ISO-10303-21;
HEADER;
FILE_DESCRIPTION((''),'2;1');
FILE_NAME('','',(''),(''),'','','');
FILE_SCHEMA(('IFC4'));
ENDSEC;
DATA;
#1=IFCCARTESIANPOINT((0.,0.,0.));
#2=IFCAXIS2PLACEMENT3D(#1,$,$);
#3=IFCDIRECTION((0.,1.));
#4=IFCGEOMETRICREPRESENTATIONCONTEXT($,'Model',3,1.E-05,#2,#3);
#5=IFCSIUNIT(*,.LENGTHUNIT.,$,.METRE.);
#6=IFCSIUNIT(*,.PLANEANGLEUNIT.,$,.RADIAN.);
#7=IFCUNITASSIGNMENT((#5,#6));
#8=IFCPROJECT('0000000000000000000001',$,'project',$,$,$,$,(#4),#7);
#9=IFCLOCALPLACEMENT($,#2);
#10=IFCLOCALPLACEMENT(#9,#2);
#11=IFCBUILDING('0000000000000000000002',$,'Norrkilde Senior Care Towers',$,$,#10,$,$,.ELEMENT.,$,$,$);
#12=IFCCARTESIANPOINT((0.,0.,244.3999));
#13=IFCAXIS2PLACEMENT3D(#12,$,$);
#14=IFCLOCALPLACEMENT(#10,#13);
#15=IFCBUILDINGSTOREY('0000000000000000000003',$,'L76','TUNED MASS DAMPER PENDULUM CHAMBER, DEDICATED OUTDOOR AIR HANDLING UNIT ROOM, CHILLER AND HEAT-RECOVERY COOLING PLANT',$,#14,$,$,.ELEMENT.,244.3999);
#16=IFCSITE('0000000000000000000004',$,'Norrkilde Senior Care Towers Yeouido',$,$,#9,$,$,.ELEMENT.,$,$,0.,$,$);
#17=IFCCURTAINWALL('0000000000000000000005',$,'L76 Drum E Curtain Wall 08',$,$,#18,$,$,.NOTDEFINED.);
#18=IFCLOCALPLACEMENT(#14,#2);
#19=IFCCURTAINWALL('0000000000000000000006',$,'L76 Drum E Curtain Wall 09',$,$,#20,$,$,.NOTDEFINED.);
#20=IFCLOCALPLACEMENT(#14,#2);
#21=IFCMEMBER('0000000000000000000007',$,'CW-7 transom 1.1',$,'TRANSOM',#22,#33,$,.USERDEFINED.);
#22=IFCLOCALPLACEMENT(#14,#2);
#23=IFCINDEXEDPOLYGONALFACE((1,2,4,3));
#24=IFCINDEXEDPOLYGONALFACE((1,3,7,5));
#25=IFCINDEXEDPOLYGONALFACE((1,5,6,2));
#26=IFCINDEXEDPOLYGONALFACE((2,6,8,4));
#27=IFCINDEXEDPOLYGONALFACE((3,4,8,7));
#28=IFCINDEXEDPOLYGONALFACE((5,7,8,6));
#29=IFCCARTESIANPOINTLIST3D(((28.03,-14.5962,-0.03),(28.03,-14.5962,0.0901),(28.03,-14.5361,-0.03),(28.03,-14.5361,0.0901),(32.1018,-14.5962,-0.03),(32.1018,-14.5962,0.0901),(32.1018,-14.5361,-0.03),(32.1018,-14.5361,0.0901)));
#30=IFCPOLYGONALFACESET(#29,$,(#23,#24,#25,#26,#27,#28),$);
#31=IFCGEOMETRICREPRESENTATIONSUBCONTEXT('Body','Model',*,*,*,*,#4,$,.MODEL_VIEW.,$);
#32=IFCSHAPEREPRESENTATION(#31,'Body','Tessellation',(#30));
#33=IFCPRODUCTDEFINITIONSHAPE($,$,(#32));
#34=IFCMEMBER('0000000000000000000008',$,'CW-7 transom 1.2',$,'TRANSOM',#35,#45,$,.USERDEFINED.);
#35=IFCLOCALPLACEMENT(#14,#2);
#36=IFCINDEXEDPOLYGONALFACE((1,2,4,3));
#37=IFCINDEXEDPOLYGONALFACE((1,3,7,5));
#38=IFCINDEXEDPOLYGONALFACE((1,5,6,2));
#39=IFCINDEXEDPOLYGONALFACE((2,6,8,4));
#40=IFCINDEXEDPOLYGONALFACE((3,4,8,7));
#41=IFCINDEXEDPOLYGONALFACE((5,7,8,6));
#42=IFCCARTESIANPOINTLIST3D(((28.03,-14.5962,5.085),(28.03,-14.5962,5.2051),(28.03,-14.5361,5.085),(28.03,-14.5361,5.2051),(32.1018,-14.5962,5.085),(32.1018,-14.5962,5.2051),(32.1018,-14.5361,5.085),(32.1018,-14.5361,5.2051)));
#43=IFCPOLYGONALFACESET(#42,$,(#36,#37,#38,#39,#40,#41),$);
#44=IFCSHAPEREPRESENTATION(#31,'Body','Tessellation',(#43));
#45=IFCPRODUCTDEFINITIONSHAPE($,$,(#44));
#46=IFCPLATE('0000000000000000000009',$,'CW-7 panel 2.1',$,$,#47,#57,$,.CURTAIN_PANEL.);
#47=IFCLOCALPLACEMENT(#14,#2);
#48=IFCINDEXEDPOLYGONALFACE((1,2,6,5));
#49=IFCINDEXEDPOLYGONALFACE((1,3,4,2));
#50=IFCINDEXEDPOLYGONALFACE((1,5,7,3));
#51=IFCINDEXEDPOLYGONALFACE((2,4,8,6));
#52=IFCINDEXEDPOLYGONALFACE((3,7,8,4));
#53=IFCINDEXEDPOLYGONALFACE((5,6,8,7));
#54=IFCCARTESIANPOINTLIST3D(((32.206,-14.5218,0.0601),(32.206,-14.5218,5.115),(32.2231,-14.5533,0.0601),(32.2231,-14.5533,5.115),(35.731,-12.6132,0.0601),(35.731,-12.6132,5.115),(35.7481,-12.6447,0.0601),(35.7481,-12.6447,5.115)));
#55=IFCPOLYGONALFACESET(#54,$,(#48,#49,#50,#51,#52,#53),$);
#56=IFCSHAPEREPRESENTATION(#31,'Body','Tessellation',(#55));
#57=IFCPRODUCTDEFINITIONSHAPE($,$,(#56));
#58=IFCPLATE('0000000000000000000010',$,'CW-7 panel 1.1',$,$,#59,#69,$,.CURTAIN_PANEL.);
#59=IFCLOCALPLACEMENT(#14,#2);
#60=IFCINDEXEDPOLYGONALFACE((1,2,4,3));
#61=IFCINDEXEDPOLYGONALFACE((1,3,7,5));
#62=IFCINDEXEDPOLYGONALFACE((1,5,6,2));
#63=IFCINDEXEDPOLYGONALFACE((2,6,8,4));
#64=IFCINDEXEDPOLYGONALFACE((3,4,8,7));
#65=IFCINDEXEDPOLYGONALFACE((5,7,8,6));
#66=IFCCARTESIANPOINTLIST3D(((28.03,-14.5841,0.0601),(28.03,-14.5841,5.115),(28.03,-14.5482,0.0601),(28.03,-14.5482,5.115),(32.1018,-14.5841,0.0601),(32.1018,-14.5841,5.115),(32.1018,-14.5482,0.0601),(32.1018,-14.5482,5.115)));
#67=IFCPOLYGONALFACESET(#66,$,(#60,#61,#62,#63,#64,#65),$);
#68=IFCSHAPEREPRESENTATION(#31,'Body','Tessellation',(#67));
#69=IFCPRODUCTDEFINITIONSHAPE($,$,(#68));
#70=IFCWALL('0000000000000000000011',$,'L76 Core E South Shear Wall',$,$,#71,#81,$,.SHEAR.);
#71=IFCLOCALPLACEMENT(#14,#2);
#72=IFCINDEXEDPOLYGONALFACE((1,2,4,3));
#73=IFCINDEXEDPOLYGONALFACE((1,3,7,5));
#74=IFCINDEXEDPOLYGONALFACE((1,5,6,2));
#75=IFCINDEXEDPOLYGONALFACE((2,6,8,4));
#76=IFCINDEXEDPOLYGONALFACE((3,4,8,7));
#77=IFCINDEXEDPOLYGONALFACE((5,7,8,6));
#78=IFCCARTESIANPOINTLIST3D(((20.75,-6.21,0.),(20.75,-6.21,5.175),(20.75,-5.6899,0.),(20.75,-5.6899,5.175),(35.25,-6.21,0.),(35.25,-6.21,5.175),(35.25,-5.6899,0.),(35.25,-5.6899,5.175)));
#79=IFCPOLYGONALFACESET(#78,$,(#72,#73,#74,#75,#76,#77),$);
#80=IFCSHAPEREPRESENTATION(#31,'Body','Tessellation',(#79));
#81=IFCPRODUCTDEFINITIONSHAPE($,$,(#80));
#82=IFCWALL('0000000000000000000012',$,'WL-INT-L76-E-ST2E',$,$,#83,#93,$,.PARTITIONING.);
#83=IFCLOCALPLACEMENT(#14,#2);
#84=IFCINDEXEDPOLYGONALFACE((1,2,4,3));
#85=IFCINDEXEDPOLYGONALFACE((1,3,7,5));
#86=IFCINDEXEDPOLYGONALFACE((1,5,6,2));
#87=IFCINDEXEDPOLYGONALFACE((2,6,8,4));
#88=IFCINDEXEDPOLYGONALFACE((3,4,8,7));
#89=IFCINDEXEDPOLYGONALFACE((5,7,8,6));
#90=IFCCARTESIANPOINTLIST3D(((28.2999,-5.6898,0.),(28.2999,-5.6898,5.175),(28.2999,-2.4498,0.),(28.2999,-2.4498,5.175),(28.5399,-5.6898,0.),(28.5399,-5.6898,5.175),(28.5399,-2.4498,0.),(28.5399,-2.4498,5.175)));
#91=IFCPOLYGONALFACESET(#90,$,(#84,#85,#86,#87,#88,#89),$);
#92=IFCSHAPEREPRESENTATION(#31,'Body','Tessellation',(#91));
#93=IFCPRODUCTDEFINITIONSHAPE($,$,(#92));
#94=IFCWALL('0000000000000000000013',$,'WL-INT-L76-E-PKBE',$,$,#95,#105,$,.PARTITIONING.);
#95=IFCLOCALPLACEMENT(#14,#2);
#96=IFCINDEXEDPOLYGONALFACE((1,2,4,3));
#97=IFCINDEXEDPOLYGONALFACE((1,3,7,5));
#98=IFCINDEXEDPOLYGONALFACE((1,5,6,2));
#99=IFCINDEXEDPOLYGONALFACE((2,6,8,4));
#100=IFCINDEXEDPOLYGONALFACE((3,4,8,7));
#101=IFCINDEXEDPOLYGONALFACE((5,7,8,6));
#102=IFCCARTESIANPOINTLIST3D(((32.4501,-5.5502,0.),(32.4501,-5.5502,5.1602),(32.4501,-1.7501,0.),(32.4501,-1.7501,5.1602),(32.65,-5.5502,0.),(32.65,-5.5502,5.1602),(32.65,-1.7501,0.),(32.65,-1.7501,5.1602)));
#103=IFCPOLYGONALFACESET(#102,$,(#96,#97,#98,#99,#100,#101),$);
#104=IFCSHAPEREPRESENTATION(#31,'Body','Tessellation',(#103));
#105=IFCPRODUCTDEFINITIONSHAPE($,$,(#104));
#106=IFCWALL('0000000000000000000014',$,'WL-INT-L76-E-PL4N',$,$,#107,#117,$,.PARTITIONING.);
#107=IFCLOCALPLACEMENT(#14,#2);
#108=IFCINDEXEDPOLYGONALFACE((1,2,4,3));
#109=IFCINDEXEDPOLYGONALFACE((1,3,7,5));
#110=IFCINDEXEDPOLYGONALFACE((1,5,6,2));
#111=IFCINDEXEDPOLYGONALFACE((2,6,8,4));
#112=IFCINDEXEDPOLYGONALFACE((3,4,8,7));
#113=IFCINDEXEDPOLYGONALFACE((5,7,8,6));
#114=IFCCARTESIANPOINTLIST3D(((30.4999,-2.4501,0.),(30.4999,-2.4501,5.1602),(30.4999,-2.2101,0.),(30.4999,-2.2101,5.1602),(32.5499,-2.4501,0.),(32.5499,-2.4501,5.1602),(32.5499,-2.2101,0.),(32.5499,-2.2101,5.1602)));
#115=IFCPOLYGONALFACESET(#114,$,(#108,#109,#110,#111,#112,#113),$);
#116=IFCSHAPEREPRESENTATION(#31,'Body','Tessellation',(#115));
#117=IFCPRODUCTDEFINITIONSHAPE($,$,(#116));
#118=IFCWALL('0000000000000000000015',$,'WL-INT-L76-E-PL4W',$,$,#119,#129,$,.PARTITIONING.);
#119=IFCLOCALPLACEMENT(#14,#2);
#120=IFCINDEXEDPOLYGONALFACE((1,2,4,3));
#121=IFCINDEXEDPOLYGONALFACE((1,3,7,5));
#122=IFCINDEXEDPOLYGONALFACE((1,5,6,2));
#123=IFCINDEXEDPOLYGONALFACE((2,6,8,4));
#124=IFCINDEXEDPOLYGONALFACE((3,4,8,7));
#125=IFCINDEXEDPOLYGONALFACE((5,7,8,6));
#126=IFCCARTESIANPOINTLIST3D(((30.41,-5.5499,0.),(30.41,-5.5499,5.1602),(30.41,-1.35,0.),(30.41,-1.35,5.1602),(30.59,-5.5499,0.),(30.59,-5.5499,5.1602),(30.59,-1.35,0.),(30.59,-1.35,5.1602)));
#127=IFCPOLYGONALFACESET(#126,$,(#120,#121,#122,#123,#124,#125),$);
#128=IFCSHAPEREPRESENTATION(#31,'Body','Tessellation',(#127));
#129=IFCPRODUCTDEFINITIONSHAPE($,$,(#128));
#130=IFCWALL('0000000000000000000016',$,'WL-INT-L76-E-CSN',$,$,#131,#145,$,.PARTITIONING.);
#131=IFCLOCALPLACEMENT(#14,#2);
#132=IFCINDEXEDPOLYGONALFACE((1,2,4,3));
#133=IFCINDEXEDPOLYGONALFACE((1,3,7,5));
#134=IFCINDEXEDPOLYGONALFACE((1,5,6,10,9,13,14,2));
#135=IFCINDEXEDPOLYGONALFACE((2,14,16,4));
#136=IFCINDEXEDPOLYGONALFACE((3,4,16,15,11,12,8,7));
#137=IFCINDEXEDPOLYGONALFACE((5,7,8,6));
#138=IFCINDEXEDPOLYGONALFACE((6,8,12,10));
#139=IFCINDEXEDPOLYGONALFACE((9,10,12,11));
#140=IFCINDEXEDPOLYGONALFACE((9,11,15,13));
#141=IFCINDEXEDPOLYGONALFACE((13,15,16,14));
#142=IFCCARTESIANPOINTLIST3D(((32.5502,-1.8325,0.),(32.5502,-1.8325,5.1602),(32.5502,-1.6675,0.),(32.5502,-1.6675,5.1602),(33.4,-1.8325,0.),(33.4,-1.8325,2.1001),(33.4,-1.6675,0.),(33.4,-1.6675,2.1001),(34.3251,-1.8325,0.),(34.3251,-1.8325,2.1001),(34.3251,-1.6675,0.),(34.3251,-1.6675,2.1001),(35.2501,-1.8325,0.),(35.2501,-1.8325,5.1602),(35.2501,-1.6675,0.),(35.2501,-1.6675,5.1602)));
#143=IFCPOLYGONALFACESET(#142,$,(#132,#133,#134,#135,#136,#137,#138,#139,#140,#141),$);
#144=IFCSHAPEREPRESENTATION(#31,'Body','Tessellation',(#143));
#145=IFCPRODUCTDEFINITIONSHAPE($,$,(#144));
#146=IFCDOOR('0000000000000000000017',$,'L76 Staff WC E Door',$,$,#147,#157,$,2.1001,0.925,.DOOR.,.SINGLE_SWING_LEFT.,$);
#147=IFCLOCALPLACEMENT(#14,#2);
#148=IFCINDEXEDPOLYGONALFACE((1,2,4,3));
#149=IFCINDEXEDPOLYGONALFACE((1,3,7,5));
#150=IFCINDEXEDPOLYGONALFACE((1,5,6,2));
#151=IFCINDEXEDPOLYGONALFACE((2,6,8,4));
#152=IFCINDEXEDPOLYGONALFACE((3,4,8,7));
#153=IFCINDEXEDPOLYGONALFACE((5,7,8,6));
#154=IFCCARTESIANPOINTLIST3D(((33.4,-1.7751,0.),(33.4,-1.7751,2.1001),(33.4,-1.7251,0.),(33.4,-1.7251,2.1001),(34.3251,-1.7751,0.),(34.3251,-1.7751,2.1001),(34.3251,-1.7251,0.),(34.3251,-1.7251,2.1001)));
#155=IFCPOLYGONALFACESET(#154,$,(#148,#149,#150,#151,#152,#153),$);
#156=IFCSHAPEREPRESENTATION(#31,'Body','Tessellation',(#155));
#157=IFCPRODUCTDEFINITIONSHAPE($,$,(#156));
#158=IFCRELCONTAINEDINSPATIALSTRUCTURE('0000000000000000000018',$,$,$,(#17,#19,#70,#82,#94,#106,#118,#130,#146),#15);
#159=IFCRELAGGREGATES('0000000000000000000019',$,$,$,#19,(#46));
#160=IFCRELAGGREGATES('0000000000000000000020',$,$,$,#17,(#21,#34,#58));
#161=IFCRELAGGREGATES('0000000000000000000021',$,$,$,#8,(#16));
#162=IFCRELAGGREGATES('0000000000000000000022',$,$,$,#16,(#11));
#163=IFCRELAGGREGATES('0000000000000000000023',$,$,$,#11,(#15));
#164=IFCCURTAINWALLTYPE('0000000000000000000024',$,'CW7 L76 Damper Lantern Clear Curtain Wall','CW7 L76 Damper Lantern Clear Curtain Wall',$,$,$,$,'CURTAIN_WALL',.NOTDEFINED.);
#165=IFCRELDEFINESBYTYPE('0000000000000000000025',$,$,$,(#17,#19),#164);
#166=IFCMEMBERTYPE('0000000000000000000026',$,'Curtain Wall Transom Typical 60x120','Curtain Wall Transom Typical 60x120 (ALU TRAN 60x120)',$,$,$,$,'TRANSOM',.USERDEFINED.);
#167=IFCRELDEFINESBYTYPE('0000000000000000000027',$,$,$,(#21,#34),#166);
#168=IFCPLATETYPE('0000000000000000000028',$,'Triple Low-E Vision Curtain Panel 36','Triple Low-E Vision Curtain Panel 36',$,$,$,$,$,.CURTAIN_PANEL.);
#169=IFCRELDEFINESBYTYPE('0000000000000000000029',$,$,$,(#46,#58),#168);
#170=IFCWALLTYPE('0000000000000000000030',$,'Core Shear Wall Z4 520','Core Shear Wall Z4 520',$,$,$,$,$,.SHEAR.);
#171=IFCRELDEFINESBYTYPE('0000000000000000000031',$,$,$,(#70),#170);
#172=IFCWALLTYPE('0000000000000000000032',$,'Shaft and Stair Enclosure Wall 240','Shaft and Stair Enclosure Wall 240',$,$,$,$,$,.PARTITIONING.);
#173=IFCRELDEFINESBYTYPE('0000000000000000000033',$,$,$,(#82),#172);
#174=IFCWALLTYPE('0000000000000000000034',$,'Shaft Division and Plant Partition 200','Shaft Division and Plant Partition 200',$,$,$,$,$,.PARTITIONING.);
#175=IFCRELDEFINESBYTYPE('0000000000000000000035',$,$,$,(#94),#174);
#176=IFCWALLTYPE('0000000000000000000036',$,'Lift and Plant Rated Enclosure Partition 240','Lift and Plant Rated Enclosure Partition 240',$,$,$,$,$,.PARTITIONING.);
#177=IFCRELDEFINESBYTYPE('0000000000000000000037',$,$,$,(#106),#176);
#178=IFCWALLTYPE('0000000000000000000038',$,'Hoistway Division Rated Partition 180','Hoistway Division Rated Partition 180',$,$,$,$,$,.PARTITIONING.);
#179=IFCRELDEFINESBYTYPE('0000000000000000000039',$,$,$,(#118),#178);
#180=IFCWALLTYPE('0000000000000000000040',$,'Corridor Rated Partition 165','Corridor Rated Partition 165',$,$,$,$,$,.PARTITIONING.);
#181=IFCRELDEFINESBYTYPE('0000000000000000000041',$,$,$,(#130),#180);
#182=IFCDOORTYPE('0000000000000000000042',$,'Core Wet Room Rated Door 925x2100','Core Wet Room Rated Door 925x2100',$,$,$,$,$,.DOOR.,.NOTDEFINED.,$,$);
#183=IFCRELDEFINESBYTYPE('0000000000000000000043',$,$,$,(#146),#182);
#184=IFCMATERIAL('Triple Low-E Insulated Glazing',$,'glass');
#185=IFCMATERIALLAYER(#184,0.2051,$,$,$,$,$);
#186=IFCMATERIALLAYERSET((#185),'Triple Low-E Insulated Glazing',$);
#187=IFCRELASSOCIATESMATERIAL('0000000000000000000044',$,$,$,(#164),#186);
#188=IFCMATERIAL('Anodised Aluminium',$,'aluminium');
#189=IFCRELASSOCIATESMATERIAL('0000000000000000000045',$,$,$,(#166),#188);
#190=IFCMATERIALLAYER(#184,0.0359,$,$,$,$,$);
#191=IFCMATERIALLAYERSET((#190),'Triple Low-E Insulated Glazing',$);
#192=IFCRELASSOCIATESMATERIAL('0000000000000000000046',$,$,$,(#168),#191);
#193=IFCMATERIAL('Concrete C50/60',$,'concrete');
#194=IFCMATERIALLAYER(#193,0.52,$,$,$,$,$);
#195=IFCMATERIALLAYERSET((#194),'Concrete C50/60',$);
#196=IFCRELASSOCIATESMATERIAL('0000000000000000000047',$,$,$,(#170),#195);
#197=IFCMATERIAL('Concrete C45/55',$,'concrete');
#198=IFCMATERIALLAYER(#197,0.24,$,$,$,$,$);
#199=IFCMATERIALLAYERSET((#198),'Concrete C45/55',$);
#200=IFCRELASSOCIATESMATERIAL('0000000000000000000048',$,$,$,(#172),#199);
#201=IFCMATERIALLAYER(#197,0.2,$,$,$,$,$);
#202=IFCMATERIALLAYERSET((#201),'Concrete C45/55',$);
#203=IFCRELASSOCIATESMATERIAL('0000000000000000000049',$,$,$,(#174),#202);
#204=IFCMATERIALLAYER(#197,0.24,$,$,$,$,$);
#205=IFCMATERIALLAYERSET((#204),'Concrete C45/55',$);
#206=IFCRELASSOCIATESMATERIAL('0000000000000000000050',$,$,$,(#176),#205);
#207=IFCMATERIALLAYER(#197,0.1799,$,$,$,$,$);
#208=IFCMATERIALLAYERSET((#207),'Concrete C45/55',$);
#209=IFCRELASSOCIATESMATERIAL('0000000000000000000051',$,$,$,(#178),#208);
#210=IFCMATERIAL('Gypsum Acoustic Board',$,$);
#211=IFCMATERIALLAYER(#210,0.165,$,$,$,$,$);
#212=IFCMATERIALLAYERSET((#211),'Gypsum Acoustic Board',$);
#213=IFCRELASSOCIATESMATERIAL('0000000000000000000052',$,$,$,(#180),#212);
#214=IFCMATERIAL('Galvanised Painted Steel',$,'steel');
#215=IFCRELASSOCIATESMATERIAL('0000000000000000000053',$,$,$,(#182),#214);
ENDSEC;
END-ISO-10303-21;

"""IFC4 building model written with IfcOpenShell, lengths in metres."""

from ifc_helpers import new_model, si_unit, direction, frame, frame_2d, origin, origin_2d, place, context, subcontext, project, spatial, rectangle, extrude, source, transform, mapped, material, layer, layer_set, material_profile, profile_set, type_object, type_shapes, element, fill, aggregate, save


model = new_model("IFC4")

# Units and contexts
model_context = context("Model", 3, precision=1e-05, world=origin(), true_north=direction((0.0, 1.0)))
body_context = subcontext(model_context, "Body", "Model", "MODEL_VIEW")
ifc_project = project(units=[si_unit("LENGTHUNIT", "METRE"), si_unit("PLANEANGLEUNIT", "RADIAN")], contexts=[model_context])

# Site, building, storey
site_placement = place(None, origin())
site = spatial("IfcSite", under=ifc_project, at=site_placement, Name="Norrkilde Senior Care Towers Yeouido", CompositionType="ELEMENT", RefElevation=0.0)
building_placement = place(site_placement, origin())
building = spatial("IfcBuilding", under=site, at=building_placement, Name="Norrkilde Senior Care Towers", CompositionType="ELEMENT")
storey_placement = place(building_placement, frame((0.0, 0.0, 244.3999)))
storey = spatial("IfcBuildingStorey", under=building, at=storey_placement, Name="L76", Description="TUNED MASS DAMPER PENDULUM CHAMBER, DEDICATED OUTDOOR AIR HANDLING UNIT ROOM, CHILLER AND HEAT-RECOVERY COOLING PLANT", CompositionType="ELEMENT", Elevation=244.3999)

# Shared definitions
ifc_material_1 = material(Name="Concrete C50/60", Category="concrete")

# Curtain wall
ifc_material_2 = material(Name="Triple Low-E Insulated Glazing", Category="glass")
ifc_layer_1 = layer(ifc_material_2, 0.2051)
ifc_layer_set_1 = layer_set([ifc_layer_1], Name="Triple Low-E Insulated Glazing")
curtain_wall_type = type_object("IfcCurtainWallType", Name="CW7 L76 Damper Lantern Clear Curtain Wall", Description="CW7 L76 Damper Lantern Clear Curtain Wall", ElementType="CURTAIN_WALL", PredefinedType="NOTDEFINED", material=ifc_layer_set_1)
curtain_wall_1_placement = place(storey_placement, origin())
curtain_wall_1 = element("IfcCurtainWall", 1, at=curtain_wall_1_placement, inside=storey, type_object=curtain_wall_type, Name="L76 Drum E Curtain Wall 08", PredefinedType="NOTDEFINED")
ifc_material_3 = material(Name="Anodised Aluminium", Category="aluminium")

# Curtain wall
curtain_wall_2_placement = place(storey_placement, origin())
curtain_wall_2 = element("IfcCurtainWall", 2, at=curtain_wall_2_placement, inside=storey, type_object=curtain_wall_type, Name="L76 Drum E Curtain Wall 09", PredefinedType="NOTDEFINED")

# Members
ifc_material_profile_1 = material_profile(ifc_material_3, rectangle(XDim=0.0601, YDim=0.1201, at=origin_2d()), Name="ALU TRAN 60x120")
ifc_profile_set_1 = profile_set([ifc_material_profile_1], Name="Anodised Aluminium")
member_type_1 = type_object("IfcMemberType", Name="Curtain Wall Transom Typical 60x120", Description="Curtain Wall Transom Typical 60x120 (ALU TRAN 60x120)", ElementType="TRANSOM", PredefinedType="USERDEFINED", material=ifc_profile_set_1)
shared_shape_1 = source(origin(), body_context, "Body", "SweptSolid", [
    extrude(rectangle(XDim=0.0601, YDim=0.1201, at=origin_2d()), origin(), (0.0, 0.0, 1.0), 4.0718),
])
type_shapes(member_type_1, [shared_shape_1])
member_1_placement = place(storey_placement, frame((32.1018, -14.5662, 0.03), z_axis=(-1.0, 0.0, 0.0), x_axis=(0.0, -1.0, 0.0)))
member_1 = element("IfcMember", 3, at=member_1_placement, type_object=member_type_1, Name="CW-7 transom 1.1", ObjectType="TRANSOM", PredefinedType="USERDEFINED", context=body_context, shape_type="MappedRepresentation", body=[
    mapped(shared_shape_1, transform((0.0, 0.0, 0.0), x_axis=(1.0, 0.0, 0.0), y_axis=(0.0, 1.0, 0.0), z_axis=(0.0, 0.0, 1.0), scale=1.0)),
])
member_2_placement = place(storey_placement, frame((32.1018, -14.5662, 5.145), z_axis=(-1.0, 0.0, 0.0), x_axis=(0.0, -1.0, 0.0)))
member_2 = element("IfcMember", 4, at=member_2_placement, type_object=member_type_1, Name="CW-7 transom 1.2", ObjectType="TRANSOM", PredefinedType="USERDEFINED", context=body_context, shape_type="MappedRepresentation", body=[
    mapped(shared_shape_1, transform((0.0, 0.0, 0.0), x_axis=(1.0, 0.0, 0.0), y_axis=(0.0, 1.0, 0.0), z_axis=(0.0, 0.0, 1.0), scale=1.0)),
])

# Plates
ifc_layer_2 = layer(ifc_material_2, 0.0359)
ifc_layer_set_2 = layer_set([ifc_layer_2], Name="Triple Low-E Insulated Glazing")
plate_type = type_object("IfcPlateType", Name="Triple Low-E Vision Curtain Panel 36", Description="Triple Low-E Vision Curtain Panel 36", PredefinedType="CURTAIN_PANEL", material=ifc_layer_set_2)
shared_shape_2 = source(origin(), body_context, "Body", "SweptSolid", [
    extrude(rectangle(XDim=4.0085, YDim=0.0359, at=origin_2d()), origin(), (0.0, 0.0, 1.0), 5.0549),
])
plate_1_placement = place(storey_placement, frame((33.9771, -13.5833, 0.0601), z_axis=(0.0, 0.0, 1.0), x_axis=(-0.879373, -0.476133, 0.0)))
plate_1 = element("IfcPlate", 5, at=plate_1_placement, type_object=plate_type, Name="CW-7 panel 2.1", PredefinedType="CURTAIN_PANEL", context=body_context, shape_type="MappedRepresentation", body=[
    mapped(shared_shape_2, transform((0.0, 0.0, 0.0), x_axis=(1.0, 0.0, 0.0), y_axis=(0.0, 1.0, 0.0), z_axis=(0.0, 0.0, 1.0), scale=1.0)),
])
aggregate(curtain_wall_2, [plate_1])
shared_shape_3 = source(origin(), body_context, "Body", "SweptSolid", [
    extrude(rectangle(XDim=4.0718, YDim=0.0359, at=origin_2d()), origin(), (0.0, 0.0, 1.0), 5.0549),
])
type_shapes(plate_type, [shared_shape_2, shared_shape_3])
plate_2_placement = place(storey_placement, frame((30.0659, -14.5662, 0.0601), z_axis=(0.0, 0.0, 1.0), x_axis=(-1.0, 0.0, 0.0)))
plate_2 = element("IfcPlate", 6, at=plate_2_placement, type_object=plate_type, Name="CW-7 panel 1.1", PredefinedType="CURTAIN_PANEL", context=body_context, shape_type="MappedRepresentation", body=[
    mapped(shared_shape_3, transform((0.0, 0.0, 0.0), x_axis=(1.0, 0.0, 0.0), y_axis=(0.0, 1.0, 0.0), z_axis=(0.0, 0.0, 1.0), scale=1.0)),
])
aggregate(curtain_wall_1, [member_1, member_2, plate_2])

# Walls
ifc_layer_3 = layer(ifc_material_1, 0.52)
ifc_layer_set_3 = layer_set([ifc_layer_3], Name="Concrete C50/60")
wall_type_1 = type_object("IfcWallType", Name="Core Shear Wall Z4 520", Description="Core Shear Wall Z4 520", PredefinedType="SHEAR", material=ifc_layer_set_3)
shared_shape_4 = source(origin(), body_context, "Body", "SweptSolid", [
    extrude(rectangle(XDim=14.5, YDim=0.52, at=frame_2d((7.25, 0.0))), origin(), (0.0, 0.0, 1.0), 5.175),
])
type_shapes(wall_type_1, [shared_shape_4])
wall_1_placement = place(storey_placement, frame((35.25, -5.95, 0.0), z_axis=(0.0, 0.0, 1.0), x_axis=(-1.0, 0.0, 0.0)))
element("IfcWall", 7, at=wall_1_placement, inside=storey, type_object=wall_type_1, Name="L76 Core E South Shear Wall", PredefinedType="SHEAR", context=body_context, shape_type="MappedRepresentation", body=[
    mapped(shared_shape_4, transform((0.0, 0.0, 0.0), x_axis=(1.0, 0.0, 0.0), y_axis=(0.0, 1.0, 0.0), z_axis=(0.0, 0.0, 1.0), scale=1.0)),
])
ifc_material_4 = material(Name="Concrete C45/55", Category="concrete")
ifc_layer_4 = layer(ifc_material_4, 0.24)
ifc_layer_set_4 = layer_set([ifc_layer_4], Name="Concrete C45/55")
wall_type_2 = type_object("IfcWallType", Name="Shaft and Stair Enclosure Wall 240", Description="Shaft and Stair Enclosure Wall 240", PredefinedType="PARTITIONING", material=ifc_layer_set_4)
shared_shape_5 = source(origin(), body_context, "Body", "SweptSolid", [
    extrude(rectangle(XDim=3.24, YDim=0.24, at=frame_2d((1.6201, 0.0))), origin(), (0.0, 0.0, 1.0), 5.175),
])
type_shapes(wall_type_2, [shared_shape_5])
wall_2_placement = place(storey_placement, frame((28.4199, -5.6899, 0.0), z_axis=(0.0, 0.0, 1.0), x_axis=(0.0, 1.0, 0.0)))
element("IfcWall", 8, at=wall_2_placement, inside=storey, type_object=wall_type_2, Name="WL-INT-L76-E-ST2E", PredefinedType="PARTITIONING", context=body_context, shape_type="MappedRepresentation", body=[
    mapped(shared_shape_5, transform((0.0, 0.0, 0.0), x_axis=(1.0, 0.0, 0.0), y_axis=(0.0, 1.0, 0.0), z_axis=(0.0, 0.0, 1.0), scale=1.0)),
])
ifc_layer_5 = layer(ifc_material_4, 0.2)
ifc_layer_set_5 = layer_set([ifc_layer_5], Name="Concrete C45/55")
wall_type_3 = type_object("IfcWallType", Name="Shaft Division and Plant Partition 200", Description="Shaft Division and Plant Partition 200", PredefinedType="PARTITIONING", material=ifc_layer_set_5)
shared_shape_6 = source(origin(), body_context, "Body", "SweptSolid", [
    extrude(rectangle(XDim=3.8, YDim=0.2, at=frame_2d((1.8999, 0.0))), origin(), (0.0, 0.0, 1.0), 5.1602),
])
type_shapes(wall_type_3, [shared_shape_6])
wall_3_placement = place(storey_placement, frame((32.55, -5.55, 0.0), z_axis=(0.0, 0.0, 1.0), x_axis=(0.0, 1.0, 0.0)))
element("IfcWall", 9, at=wall_3_placement, inside=storey, type_object=wall_type_3, Name="WL-INT-L76-E-PKBE", PredefinedType="PARTITIONING", context=body_context, shape_type="MappedRepresentation", body=[
    mapped(shared_shape_6, transform((0.0, 0.0, 0.0), x_axis=(1.0, 0.0, 0.0), y_axis=(0.0, 1.0, 0.0), z_axis=(0.0, 0.0, 1.0), scale=1.0)),
])
ifc_layer_6 = layer(ifc_material_4, 0.24)
ifc_layer_set_6 = layer_set([ifc_layer_6], Name="Concrete C45/55")
wall_type_4 = type_object("IfcWallType", Name="Lift and Plant Rated Enclosure Partition 240", Description="Lift and Plant Rated Enclosure Partition 240", PredefinedType="PARTITIONING", material=ifc_layer_set_6)
shared_shape_7 = source(origin(), body_context, "Body", "SweptSolid", [
    extrude(rectangle(XDim=2.05, YDim=0.24, at=frame_2d((1.0249, 0.0))), origin(), (0.0, 0.0, 1.0), 5.1602),
])
type_shapes(wall_type_4, [shared_shape_7])
wall_4_placement = place(storey_placement, frame((30.5, -2.3301, 0.0), z_axis=(0.0, 0.0, 1.0), x_axis=(1.0, 0.0, 0.0)))
element("IfcWall", 10, at=wall_4_placement, inside=storey, type_object=wall_type_4, Name="WL-INT-L76-E-PL4N", PredefinedType="PARTITIONING", context=body_context, shape_type="MappedRepresentation", body=[
    mapped(shared_shape_7, transform((0.0, 0.0, 0.0), x_axis=(1.0, 0.0, 0.0), y_axis=(0.0, 1.0, 0.0), z_axis=(0.0, 0.0, 1.0), scale=1.0)),
])
ifc_layer_7 = layer(ifc_material_4, 0.1799)
ifc_layer_set_7 = layer_set([ifc_layer_7], Name="Concrete C45/55")
wall_type_5 = type_object("IfcWallType", Name="Hoistway Division Rated Partition 180", Description="Hoistway Division Rated Partition 180", PredefinedType="PARTITIONING", material=ifc_layer_set_7)
shared_shape_8 = source(origin(), body_context, "Body", "SweptSolid", [
    extrude(rectangle(XDim=4.2, YDim=0.1799, at=frame_2d((2.1001, 0.0))), origin(), (0.0, 0.0, 1.0), 5.1602),
])
type_shapes(wall_type_5, [shared_shape_8])
wall_5_placement = place(storey_placement, frame((30.5, -5.55, 0.0), z_axis=(0.0, 0.0, 1.0), x_axis=(0.0, 1.0, 0.0)))
element("IfcWall", 11, at=wall_5_placement, inside=storey, type_object=wall_type_5, Name="WL-INT-L76-E-PL4W", PredefinedType="PARTITIONING", context=body_context, shape_type="MappedRepresentation", body=[
    mapped(shared_shape_8, transform((0.0, 0.0, 0.0), x_axis=(1.0, 0.0, 0.0), y_axis=(0.0, 1.0, 0.0), z_axis=(0.0, 0.0, 1.0), scale=1.0)),
])

# Wall, opening, door
ifc_material_5 = material(Name="Gypsum Acoustic Board")
ifc_layer_8 = layer(ifc_material_5, 0.165)
ifc_layer_set_8 = layer_set([ifc_layer_8], Name="Gypsum Acoustic Board")
wall_type_6 = type_object("IfcWallType", Name="Corridor Rated Partition 165", Description="Corridor Rated Partition 165", PredefinedType="PARTITIONING", material=ifc_layer_set_8)
shared_shape_9 = source(origin(), body_context, "Body", "SweptSolid", [
    extrude(rectangle(XDim=2.7, YDim=0.165, at=frame_2d((1.3501, 0.0))), origin(), (0.0, 0.0, 1.0), 5.1602),
])
type_shapes(wall_type_6, [shared_shape_9])
wall_6_placement = place(storey_placement, frame((32.55, -1.75, 0.0), z_axis=(0.0, 0.0, 1.0), x_axis=(1.0, 0.0, 0.0)))
wall_6 = element("IfcWall", 12, at=wall_6_placement, inside=storey, type_object=wall_type_6, Name="WL-INT-L76-E-CSN", PredefinedType="PARTITIONING", context=body_context, shape_type="MappedRepresentation", body=[
    mapped(shared_shape_9, transform((0.0, 0.0, 0.0), x_axis=(1.0, 0.0, 0.0), y_axis=(0.0, 1.0, 0.0), z_axis=(0.0, 0.0, 1.0), scale=1.0)),
])
opening_placement = place(wall_6_placement, frame((0.8501, 0.0, 0.0)))
opening = element("IfcOpeningElement", 13, at=opening_placement, cuts=wall_6, PredefinedType="OPENING", context=body_context, shape_type="SweptSolid", body=[
    extrude(rectangle(XDim=0.925, YDim=2.1001, at=frame_2d((0.4624, 1.05))), frame((0.0, 0.0925, 0.0), z_axis=(0.0, -1.0, 0.0), x_axis=(1.0, 0.0, 0.0)), (0.0, 0.0, 1.0), 0.1851),
])
ifc_material_6 = material(Name="Galvanised Painted Steel", Category="steel")
door_type = type_object("IfcDoorType", Name="Core Wet Room Rated Door 925x2100", Description="Core Wet Room Rated Door 925x2100", OperationType="NOTDEFINED", PredefinedType="DOOR", material=ifc_material_6)
shared_shape_10 = source(origin(), body_context, "Body", "SweptSolid", [
    extrude(rectangle(XDim=0.925, YDim=2.1001, at=frame_2d((0.4624, 1.05))), frame((0.0, 0.0249, 0.0), z_axis=(0.0, -1.0, 0.0), x_axis=(1.0, 0.0, 0.0)), (0.0, 0.0, 1.0), 0.05),
])
type_shapes(door_type, [shared_shape_10])
door_placement = place(opening_placement, origin())
door = element("IfcDoor", 14, at=door_placement, inside=storey, type_object=door_type, Name="L76 Staff WC E Door", OperationType="SINGLE_SWING_LEFT", OverallHeight=2.1001, OverallWidth=0.925, PredefinedType="DOOR", context=body_context, shape_type="MappedRepresentation", body=[
    mapped(shared_shape_10, transform((0.0, 0.0, 0.0), x_axis=(1.0, 0.0, 0.0), y_axis=(0.0, 1.0, 0.0), z_axis=(0.0, 0.0, 1.0), scale=1.0)),
])
fill(opening, door)

save(model, "model.ifc")
